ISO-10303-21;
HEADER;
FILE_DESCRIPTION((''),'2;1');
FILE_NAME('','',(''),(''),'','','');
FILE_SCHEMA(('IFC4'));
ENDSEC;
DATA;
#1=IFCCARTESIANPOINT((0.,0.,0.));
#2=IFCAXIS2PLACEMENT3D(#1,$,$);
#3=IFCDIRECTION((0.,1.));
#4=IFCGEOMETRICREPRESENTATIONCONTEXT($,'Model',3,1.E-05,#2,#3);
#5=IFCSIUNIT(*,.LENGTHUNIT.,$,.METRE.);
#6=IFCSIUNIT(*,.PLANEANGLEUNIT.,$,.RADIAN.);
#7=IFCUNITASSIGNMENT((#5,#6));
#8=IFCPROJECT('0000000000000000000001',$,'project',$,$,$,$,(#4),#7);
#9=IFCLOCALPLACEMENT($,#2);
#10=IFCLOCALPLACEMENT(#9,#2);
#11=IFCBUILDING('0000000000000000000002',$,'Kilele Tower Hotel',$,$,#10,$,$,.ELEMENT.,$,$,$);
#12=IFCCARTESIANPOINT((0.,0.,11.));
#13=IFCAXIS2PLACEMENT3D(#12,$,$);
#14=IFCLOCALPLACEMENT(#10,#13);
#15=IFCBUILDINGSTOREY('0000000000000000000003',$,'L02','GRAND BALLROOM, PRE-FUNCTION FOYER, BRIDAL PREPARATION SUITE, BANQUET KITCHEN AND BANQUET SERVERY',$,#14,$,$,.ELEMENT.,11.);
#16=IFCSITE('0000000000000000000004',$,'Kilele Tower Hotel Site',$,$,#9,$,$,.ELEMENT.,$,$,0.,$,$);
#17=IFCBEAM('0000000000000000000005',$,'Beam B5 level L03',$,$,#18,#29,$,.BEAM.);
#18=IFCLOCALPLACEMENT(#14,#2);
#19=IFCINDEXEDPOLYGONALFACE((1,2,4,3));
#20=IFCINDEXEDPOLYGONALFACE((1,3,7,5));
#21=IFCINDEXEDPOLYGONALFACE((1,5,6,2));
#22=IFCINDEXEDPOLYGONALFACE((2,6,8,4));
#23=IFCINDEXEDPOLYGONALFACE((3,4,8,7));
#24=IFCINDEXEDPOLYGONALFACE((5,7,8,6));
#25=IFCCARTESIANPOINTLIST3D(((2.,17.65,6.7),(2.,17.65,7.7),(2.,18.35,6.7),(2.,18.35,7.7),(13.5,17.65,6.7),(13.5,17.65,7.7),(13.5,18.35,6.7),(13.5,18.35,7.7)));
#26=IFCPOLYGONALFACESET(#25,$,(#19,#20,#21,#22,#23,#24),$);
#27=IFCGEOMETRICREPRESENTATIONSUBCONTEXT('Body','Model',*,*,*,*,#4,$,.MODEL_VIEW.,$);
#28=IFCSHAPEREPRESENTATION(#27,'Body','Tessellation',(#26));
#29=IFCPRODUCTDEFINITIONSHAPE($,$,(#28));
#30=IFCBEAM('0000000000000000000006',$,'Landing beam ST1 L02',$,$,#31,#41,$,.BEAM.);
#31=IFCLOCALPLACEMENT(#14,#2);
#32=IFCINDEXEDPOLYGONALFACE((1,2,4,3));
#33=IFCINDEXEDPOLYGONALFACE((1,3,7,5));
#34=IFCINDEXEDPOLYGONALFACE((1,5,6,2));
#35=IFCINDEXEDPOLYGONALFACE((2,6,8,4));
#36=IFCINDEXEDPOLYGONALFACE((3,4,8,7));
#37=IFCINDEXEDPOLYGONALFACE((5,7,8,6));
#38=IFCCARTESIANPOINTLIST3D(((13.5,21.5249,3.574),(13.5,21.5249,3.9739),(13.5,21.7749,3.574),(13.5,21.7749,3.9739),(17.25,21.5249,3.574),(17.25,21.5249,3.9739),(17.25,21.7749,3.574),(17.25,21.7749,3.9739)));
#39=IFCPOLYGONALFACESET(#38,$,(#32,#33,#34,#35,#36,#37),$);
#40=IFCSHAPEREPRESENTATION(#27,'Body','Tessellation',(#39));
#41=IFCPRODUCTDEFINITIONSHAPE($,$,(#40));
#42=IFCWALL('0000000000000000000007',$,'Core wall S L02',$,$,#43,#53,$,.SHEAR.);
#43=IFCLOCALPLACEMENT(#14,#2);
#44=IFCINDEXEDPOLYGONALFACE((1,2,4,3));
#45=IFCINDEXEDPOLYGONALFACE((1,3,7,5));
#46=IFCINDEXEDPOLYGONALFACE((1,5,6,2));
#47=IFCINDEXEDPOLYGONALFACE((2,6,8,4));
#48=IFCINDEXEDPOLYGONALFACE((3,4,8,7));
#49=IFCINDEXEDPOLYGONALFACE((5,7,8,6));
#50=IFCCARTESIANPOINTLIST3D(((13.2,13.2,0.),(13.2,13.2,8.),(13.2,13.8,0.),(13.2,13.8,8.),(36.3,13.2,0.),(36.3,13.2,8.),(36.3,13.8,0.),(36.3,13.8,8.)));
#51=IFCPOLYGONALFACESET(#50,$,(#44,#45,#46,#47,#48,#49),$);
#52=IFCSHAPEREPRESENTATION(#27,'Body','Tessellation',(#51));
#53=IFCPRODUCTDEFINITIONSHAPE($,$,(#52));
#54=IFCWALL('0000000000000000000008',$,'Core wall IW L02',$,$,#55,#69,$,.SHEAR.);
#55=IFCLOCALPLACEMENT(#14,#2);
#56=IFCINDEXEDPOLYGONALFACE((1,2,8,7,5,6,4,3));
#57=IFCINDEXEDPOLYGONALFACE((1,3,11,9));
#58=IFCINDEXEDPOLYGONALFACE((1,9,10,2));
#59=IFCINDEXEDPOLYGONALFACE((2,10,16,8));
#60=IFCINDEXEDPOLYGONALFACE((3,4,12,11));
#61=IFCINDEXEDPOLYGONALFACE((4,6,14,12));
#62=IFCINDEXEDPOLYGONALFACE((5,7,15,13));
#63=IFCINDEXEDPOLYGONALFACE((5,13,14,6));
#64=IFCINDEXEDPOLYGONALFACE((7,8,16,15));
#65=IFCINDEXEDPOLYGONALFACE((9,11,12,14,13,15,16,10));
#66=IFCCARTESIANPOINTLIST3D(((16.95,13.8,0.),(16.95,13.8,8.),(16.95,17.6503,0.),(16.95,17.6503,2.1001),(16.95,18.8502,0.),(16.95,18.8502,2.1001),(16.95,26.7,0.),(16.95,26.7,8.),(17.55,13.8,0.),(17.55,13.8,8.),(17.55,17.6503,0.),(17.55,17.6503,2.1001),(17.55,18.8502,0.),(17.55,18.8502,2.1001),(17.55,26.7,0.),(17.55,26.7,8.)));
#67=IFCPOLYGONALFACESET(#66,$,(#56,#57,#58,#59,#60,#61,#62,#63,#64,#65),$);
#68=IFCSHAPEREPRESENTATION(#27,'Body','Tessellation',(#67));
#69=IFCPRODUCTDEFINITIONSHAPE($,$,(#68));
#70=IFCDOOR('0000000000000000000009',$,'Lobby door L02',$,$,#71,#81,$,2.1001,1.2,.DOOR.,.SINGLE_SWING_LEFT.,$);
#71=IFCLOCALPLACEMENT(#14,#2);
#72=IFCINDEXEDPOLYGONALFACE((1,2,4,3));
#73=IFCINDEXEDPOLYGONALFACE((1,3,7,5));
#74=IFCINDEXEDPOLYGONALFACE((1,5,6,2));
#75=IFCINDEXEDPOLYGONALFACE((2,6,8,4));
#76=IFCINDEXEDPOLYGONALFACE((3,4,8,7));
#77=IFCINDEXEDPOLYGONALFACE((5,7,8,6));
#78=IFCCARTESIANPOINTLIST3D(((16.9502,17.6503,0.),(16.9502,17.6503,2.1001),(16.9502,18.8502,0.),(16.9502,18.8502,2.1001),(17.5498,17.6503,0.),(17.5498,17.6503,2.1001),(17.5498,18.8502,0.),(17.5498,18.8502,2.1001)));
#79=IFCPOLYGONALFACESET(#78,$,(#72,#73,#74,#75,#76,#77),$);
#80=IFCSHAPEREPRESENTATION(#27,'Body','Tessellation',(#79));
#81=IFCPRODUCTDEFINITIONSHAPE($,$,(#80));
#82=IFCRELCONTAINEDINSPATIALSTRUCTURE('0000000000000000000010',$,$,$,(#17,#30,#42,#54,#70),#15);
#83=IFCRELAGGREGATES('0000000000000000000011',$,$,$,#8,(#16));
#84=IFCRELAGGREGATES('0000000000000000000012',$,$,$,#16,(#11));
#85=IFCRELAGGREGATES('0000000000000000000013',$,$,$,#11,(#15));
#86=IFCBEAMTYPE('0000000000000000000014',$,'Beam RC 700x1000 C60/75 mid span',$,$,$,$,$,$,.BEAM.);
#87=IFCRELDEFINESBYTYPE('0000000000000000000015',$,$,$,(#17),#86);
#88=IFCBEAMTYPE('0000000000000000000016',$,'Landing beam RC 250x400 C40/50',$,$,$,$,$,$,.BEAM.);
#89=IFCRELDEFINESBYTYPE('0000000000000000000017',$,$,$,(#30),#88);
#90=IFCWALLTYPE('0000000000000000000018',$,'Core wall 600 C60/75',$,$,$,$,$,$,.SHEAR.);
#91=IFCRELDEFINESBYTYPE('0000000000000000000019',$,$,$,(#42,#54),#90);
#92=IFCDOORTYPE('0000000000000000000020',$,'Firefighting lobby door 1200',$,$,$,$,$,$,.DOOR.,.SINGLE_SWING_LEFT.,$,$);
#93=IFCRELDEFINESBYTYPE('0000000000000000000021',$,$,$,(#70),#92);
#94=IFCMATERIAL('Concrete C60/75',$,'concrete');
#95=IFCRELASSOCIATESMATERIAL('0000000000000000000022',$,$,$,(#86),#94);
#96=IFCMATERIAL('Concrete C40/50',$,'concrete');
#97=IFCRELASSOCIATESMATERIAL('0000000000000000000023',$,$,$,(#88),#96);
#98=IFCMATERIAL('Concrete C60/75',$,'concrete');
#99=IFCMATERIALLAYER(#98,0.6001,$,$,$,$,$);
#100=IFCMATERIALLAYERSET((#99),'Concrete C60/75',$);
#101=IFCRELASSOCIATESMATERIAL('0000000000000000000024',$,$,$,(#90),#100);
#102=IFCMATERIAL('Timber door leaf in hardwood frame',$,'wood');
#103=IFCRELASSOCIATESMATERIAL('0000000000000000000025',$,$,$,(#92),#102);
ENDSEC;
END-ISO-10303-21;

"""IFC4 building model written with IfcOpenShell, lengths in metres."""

from ifc_helpers import new_model, si_unit, direction, frame, frame_2d, origin, origin_2d, place, context, subcontext, project, spatial, rectangle, extrude, material, layer, layer_set, material_profile, profile_set, type_object, element, fill, save


model = new_model("IFC4")

# Units and contexts
model_context = context("Model", 3, precision=1e-05, world=origin(), true_north=direction((0.0, 1.0)))
body_context = subcontext(model_context, "Body", "Model", "MODEL_VIEW")
ifc_project = project(units=[si_unit("LENGTHUNIT", "METRE"), si_unit("PLANEANGLEUNIT", "RADIAN")], contexts=[model_context])

# Site, building, storey
site_placement = place(None, origin())
site = spatial("IfcSite", under=ifc_project, at=site_placement, Name="Kilele Tower Hotel Site", CompositionType="ELEMENT", RefElevation=0.0)
building_placement = place(site_placement, origin())
building = spatial("IfcBuilding", under=site, at=building_placement, Name="Kilele Tower Hotel", CompositionType="ELEMENT")
storey_placement = place(building_placement, frame((0.0, 0.0, 11.0)))
storey = spatial("IfcBuildingStorey", under=building, at=storey_placement, Name="L02", Description="GRAND BALLROOM, PRE-FUNCTION FOYER, BRIDAL PREPARATION SUITE, BANQUET KITCHEN AND BANQUET SERVERY", CompositionType="ELEMENT", Elevation=11.0)

# Beams
ifc_material_1 = material(Name="Concrete C60/75", Category="concrete")
ifc_material_profile_1 = material_profile(ifc_material_1, rectangle(XDim=0.7, YDim=1.0, at=origin_2d()))
ifc_profile_set_1 = profile_set([ifc_material_profile_1], Name="Concrete C60/75")
beam_type_1 = type_object("IfcBeamType", Name="Beam RC 700x1000 C60/75 mid span", PredefinedType="BEAM", material=ifc_profile_set_1)
beam_1_placement = place(storey_placement, frame((2.0, 18.0, 7.2), z_axis=(1.0, 0.0, 0.0), x_axis=(0.0, 1.0, 0.0)))
element("IfcBeam", 1, at=beam_1_placement, inside=storey, type_object=beam_type_1, Name="Beam B5 level L03", PredefinedType="BEAM", context=body_context, shape_type="SweptSolid", body=[
    extrude(rectangle(XDim=0.7, YDim=1.0, at=origin_2d()), origin(), (0.0, 0.0, 1.0), 11.5),
])
ifc_material_2 = material(Name="Concrete C40/50", Category="concrete")
ifc_material_profile_2 = material_profile(ifc_material_2, rectangle(XDim=0.25, YDim=0.3999, at=origin_2d()))
ifc_profile_set_2 = profile_set([ifc_material_profile_2], Name="Concrete C40/50")
beam_type_2 = type_object("IfcBeamType", Name="Landing beam RC 250x400 C40/50", PredefinedType="BEAM", material=ifc_profile_set_2)
beam_2_placement = place(storey_placement, frame((13.5, 21.6499, 3.7739), z_axis=(1.0, 0.0, 0.0), x_axis=(0.0, 1.0, 0.0)))
element("IfcBeam", 2, at=beam_2_placement, inside=storey, type_object=beam_type_2, Name="Landing beam ST1 L02", PredefinedType="BEAM", context=body_context, shape_type="SweptSolid", body=[
    extrude(rectangle(XDim=0.25, YDim=0.3999, at=origin_2d()), origin(), (0.0, 0.0, 1.0), 3.75),
])

# Wall
ifc_material_3 = material(Name="Concrete C60/75", Category="concrete")
ifc_layer_1 = layer(ifc_material_3, 0.6001)
ifc_layer_set_1 = layer_set([ifc_layer_1], Name="Concrete C60/75")
wall_type_1 = type_object("IfcWallType", Name="Core wall 600 C60/75", PredefinedType="SHEAR", material=ifc_layer_set_1)
wall_1_placement = place(storey_placement, frame((13.2, 13.5, 0.0), z_axis=(0.0, 0.0, 1.0), x_axis=(1.0, 0.0, 0.0)))
element("IfcWall", 3, at=wall_1_placement, inside=storey, type_object=wall_type_1, Name="Core wall S L02", PredefinedType="SHEAR", context=body_context, shape_type="SweptSolid", body=[
    extrude(rectangle(XDim=23.1001, YDim=0.6001, at=frame_2d((11.55, 0.0))), origin(), (0.0, 0.0, 1.0), 8.0),
])

# Wall, opening, door
wall_2_placement = place(storey_placement, frame((17.25, 13.8, 0.0), z_axis=(0.0, 0.0, 1.0), x_axis=(0.0, 1.0, 0.0)))
wall_2 = element("IfcWall", 4, at=wall_2_placement, inside=storey, type_object=wall_type_1, Name="Core wall IW L02", PredefinedType="SHEAR", context=body_context, shape_type="SweptSolid", body=[
    extrude(rectangle(XDim=12.8999, YDim=0.6001, at=frame_2d((6.45, 0.0))), origin(), (0.0, 0.0, 1.0), 8.0),
])
opening_1_placement = place(wall_2_placement, frame((3.8501, 0.0, 0.0)))
opening_1 = element("IfcOpeningElement", 5, at=opening_1_placement, cuts=wall_2, PredefinedType="OPENING", context=body_context, shape_type="SweptSolid", body=[
    extrude(rectangle(XDim=1.2, YDim=2.1001, at=frame_2d((0.6001, 1.05))), frame((0.0, 0.3101, 0.0), z_axis=(0.0, -1.0, 0.0), x_axis=(1.0, 0.0, 0.0)), (0.0, 0.0, 1.0), 0.6201),
])
ifc_material_4 = material(Name="Timber door leaf in hardwood frame", Category="wood")
door_type_1 = type_object("IfcDoorType", Name="Firefighting lobby door 1200", OperationType="SINGLE_SWING_LEFT", PredefinedType="DOOR", material=ifc_material_4)
door_1_placement = place(opening_1_placement, origin())
door_1 = element("IfcDoor", 6, at=door_1_placement, inside=storey, type_object=door_type_1, Name="Lobby door L02", OperationType="SINGLE_SWING_LEFT", OverallHeight=2.1001, OverallWidth=1.2, PredefinedType="DOOR", context=body_context, shape_type="SweptSolid", body=[
    extrude(rectangle(XDim=1.2, YDim=2.1001, at=frame_2d((0.6001, 1.05))), frame((0.0, 0.2998, 0.0), z_axis=(0.0, -1.0, 0.0), x_axis=(1.0, 0.0, 0.0)), (0.0, 0.0, 1.0), 0.5996),
])
fill(opening_1, door_1)

save(model, "model.ifc")
